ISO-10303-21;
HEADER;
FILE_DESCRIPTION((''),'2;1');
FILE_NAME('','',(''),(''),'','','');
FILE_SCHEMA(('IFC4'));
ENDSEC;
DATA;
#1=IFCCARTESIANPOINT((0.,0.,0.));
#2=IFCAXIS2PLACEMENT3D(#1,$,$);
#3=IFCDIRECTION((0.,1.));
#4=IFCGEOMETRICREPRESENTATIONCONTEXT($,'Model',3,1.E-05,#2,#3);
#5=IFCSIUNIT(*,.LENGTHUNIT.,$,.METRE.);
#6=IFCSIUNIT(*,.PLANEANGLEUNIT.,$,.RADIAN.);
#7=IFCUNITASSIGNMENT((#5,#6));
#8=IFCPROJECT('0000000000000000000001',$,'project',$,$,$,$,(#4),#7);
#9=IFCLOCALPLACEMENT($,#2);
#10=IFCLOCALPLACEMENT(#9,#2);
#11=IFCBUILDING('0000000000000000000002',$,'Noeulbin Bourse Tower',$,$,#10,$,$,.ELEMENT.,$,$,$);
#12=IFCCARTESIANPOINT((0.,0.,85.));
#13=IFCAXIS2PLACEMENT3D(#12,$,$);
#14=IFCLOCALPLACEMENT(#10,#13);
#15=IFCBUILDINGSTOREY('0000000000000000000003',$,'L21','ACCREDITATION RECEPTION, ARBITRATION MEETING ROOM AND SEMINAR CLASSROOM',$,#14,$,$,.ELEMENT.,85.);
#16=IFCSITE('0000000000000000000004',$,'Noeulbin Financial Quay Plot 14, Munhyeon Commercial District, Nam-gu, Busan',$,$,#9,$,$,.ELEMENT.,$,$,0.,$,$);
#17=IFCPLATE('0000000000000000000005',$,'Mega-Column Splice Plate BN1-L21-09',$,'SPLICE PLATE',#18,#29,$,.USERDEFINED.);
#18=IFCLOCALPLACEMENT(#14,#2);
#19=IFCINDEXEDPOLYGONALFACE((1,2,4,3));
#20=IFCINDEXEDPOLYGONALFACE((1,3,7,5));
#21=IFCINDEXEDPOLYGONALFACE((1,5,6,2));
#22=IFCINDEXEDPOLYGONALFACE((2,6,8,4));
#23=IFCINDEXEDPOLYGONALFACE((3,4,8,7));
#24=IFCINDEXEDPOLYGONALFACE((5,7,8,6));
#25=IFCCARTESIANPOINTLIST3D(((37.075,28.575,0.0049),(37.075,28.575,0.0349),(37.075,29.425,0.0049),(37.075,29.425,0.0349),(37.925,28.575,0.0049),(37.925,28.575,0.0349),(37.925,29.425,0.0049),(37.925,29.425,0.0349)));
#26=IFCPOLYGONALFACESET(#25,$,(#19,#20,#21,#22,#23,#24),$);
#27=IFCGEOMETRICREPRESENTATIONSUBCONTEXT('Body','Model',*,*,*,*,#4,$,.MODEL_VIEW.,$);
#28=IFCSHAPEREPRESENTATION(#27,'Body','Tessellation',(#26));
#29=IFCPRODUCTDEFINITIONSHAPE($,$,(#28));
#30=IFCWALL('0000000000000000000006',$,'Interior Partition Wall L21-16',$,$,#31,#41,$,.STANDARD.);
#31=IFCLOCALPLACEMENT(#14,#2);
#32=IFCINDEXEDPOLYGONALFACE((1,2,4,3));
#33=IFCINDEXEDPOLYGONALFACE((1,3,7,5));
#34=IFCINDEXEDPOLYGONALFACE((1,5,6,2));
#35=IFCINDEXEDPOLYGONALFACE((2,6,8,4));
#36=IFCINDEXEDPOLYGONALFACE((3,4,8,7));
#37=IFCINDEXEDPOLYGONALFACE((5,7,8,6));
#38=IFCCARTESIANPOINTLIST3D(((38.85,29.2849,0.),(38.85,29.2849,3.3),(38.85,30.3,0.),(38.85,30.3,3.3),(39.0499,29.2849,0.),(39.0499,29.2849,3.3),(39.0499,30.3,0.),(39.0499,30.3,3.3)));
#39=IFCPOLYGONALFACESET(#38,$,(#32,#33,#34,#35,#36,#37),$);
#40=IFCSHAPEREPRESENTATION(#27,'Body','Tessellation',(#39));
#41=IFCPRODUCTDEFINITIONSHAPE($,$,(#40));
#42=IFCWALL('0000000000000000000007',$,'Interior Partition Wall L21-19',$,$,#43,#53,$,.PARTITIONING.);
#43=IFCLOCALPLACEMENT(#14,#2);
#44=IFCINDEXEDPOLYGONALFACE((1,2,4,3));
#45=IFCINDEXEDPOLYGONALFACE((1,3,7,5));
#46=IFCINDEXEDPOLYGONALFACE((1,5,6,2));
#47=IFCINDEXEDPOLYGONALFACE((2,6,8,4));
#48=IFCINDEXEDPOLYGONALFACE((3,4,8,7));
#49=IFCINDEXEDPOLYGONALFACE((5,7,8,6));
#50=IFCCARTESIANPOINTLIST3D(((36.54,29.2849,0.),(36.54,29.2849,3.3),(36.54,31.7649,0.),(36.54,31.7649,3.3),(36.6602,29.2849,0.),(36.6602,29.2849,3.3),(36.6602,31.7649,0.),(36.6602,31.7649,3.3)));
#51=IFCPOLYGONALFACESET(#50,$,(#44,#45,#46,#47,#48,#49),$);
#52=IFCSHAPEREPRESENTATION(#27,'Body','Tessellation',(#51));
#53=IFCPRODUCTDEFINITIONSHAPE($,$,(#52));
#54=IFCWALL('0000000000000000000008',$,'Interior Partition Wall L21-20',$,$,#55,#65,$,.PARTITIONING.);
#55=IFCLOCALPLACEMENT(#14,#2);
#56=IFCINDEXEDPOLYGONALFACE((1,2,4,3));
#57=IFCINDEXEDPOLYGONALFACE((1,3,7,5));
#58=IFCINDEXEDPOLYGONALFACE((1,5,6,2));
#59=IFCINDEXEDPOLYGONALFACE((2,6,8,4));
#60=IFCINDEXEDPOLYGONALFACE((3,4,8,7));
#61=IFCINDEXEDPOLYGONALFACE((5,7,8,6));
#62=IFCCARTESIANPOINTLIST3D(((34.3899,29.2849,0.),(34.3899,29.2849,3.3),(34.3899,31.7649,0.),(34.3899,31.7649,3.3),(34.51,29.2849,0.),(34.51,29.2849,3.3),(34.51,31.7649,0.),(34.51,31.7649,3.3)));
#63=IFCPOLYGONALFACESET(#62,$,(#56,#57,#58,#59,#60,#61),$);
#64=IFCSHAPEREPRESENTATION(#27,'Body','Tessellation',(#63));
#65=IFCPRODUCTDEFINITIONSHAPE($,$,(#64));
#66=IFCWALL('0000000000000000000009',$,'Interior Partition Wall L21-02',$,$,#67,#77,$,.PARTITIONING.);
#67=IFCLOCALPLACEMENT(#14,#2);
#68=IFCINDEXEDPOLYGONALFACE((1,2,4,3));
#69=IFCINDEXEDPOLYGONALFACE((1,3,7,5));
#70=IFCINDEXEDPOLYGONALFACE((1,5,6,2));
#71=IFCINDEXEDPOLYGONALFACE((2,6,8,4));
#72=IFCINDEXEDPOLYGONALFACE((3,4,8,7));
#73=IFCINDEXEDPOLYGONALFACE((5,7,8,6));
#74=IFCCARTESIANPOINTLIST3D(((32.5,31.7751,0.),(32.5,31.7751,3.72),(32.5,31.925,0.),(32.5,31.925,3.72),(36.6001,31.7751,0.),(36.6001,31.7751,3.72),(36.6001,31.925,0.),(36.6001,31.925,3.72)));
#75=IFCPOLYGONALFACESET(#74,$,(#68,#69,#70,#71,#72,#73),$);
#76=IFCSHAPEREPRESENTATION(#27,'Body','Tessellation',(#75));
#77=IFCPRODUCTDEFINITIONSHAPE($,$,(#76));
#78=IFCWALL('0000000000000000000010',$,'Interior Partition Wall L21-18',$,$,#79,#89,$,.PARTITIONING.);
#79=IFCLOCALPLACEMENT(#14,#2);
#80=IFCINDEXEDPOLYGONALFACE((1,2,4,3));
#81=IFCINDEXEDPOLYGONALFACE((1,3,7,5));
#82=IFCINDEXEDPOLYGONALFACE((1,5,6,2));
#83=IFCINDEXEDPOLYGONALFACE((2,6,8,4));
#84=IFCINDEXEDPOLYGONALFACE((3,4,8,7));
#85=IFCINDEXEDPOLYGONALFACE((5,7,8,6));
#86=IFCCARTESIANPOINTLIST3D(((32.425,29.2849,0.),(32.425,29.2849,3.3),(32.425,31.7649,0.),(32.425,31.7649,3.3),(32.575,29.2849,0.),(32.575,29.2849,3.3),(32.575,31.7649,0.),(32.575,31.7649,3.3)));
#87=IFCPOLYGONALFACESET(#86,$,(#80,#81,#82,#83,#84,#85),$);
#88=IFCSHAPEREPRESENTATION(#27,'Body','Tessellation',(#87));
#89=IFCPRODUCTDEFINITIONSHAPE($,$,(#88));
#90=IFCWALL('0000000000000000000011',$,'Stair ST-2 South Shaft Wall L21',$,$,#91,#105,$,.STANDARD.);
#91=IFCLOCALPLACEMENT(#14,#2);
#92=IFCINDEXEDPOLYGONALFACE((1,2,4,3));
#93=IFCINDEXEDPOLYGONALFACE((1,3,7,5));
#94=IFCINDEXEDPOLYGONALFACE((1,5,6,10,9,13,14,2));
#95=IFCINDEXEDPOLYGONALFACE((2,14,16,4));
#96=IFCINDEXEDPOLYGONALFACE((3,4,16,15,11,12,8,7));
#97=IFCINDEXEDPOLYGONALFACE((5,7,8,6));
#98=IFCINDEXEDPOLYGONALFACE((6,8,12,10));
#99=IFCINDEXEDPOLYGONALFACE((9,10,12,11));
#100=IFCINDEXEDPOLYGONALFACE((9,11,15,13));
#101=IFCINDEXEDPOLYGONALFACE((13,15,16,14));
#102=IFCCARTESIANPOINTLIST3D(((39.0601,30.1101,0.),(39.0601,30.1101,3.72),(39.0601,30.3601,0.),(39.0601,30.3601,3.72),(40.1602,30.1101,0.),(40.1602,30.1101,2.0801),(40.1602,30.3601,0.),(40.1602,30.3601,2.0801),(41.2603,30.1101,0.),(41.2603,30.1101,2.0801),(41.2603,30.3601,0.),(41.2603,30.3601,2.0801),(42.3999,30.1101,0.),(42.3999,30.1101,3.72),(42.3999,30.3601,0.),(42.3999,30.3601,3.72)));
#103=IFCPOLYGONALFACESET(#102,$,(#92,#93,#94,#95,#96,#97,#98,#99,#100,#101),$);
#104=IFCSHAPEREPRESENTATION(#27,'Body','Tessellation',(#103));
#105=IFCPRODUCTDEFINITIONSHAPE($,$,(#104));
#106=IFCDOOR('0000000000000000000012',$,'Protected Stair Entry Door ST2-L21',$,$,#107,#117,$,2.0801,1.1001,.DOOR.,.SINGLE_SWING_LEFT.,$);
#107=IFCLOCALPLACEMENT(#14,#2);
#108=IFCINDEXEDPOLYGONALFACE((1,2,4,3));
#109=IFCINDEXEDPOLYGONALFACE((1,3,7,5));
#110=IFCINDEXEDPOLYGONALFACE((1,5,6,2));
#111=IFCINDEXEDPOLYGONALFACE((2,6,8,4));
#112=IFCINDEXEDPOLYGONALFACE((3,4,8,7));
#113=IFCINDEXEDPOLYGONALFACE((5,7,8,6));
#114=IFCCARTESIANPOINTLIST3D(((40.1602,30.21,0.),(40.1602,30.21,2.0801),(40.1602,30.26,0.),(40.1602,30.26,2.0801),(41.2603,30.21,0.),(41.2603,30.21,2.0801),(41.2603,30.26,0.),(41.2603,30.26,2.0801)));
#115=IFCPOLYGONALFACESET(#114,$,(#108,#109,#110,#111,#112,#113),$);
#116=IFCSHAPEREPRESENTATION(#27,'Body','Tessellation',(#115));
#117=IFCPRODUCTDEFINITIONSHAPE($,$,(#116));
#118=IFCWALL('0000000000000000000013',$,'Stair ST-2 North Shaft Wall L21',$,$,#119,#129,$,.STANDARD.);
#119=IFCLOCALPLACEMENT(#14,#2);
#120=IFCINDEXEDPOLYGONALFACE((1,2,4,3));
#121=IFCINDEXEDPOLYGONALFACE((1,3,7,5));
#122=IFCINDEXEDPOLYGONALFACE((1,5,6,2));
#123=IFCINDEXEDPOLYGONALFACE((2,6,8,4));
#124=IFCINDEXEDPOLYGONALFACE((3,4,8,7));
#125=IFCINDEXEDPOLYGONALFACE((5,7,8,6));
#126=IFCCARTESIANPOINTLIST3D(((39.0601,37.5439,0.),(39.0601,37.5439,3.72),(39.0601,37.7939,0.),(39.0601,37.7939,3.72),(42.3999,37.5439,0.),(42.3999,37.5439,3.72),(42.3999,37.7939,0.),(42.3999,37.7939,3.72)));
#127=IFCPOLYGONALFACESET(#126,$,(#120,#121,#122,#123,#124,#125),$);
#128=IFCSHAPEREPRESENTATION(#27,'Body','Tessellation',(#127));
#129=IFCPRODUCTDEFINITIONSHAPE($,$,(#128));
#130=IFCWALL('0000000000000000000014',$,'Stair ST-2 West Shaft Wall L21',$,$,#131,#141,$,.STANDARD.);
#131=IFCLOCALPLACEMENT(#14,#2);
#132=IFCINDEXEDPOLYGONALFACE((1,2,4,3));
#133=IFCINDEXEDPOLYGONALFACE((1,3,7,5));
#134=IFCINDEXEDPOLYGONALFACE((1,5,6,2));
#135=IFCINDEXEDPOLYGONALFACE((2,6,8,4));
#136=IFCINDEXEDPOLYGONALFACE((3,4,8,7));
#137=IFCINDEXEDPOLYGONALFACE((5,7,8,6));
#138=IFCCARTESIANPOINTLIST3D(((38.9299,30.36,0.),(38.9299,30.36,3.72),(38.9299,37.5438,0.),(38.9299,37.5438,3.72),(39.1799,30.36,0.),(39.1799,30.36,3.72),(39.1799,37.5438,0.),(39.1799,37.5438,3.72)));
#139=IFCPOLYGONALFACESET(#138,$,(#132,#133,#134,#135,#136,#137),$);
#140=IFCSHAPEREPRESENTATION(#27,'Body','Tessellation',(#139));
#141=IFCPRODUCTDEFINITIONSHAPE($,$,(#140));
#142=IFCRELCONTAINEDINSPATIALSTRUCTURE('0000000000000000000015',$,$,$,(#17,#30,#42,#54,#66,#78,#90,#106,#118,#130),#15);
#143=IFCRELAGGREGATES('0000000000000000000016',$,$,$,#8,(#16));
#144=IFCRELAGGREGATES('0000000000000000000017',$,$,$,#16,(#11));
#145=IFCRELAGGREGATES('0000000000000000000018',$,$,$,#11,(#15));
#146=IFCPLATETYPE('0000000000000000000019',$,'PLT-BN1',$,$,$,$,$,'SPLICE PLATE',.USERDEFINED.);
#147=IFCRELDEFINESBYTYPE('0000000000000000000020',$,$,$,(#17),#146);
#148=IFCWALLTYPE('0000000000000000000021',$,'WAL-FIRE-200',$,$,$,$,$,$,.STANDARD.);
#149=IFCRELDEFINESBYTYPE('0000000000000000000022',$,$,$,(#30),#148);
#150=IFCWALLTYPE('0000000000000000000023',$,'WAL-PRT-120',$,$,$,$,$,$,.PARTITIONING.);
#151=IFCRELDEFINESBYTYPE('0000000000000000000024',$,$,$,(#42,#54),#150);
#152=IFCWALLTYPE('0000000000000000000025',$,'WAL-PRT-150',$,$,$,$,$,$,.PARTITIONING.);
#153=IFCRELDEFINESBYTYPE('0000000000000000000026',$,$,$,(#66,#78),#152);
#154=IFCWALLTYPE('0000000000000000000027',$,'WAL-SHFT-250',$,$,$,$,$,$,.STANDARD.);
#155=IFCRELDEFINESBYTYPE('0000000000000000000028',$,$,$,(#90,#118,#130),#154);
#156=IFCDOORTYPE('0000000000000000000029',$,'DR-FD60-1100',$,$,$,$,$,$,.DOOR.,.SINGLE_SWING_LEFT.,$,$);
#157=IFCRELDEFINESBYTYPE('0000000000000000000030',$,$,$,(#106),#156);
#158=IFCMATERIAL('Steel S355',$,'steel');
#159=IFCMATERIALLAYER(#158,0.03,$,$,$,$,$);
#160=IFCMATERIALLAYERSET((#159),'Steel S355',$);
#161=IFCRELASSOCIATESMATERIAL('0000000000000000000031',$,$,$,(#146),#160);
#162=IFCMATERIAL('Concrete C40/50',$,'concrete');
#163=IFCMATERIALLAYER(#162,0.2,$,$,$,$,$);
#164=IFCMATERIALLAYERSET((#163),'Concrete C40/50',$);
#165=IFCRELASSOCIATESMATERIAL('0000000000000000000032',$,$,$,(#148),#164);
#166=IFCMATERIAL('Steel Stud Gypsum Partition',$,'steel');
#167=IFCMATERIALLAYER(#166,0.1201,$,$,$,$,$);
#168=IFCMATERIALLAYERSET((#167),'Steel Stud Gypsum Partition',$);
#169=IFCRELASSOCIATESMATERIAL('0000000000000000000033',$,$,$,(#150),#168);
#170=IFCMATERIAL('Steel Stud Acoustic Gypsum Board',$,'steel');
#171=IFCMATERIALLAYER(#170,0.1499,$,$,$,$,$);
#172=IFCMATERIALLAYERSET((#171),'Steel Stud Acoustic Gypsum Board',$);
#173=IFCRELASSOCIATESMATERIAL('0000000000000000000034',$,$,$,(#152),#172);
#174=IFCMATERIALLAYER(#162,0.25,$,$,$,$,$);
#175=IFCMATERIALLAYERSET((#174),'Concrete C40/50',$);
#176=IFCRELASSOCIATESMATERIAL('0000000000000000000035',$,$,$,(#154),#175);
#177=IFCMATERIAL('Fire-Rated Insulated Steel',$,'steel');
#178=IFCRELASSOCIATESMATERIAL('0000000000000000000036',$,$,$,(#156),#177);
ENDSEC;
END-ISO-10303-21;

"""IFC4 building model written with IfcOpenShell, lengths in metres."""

from ifc_helpers import new_model, si_unit, direction, frame, frame_2d, origin, origin_2d, place, context, subcontext, project, spatial, rectangle, extrude, material, layer, layer_set, type_object, element, fill, save


model = new_model("IFC4")

# Units and contexts
model_context = context("Model", 3, precision=1e-05, world=origin(), true_north=direction((0.0, 1.0)))
body_context = subcontext(model_context, "Body", "Model", "MODEL_VIEW")
ifc_project = project(units=[si_unit("LENGTHUNIT", "METRE"), si_unit("PLANEANGLEUNIT", "RADIAN")], contexts=[model_context])

# Site, building, storey
site_placement = place(None, origin())
site = spatial("IfcSite", under=ifc_project, at=site_placement, Name="Noeulbin Financial Quay Plot 14, Munhyeon Commercial District, Nam-gu, Busan", CompositionType="ELEMENT", RefElevation=0.0)
building_placement = place(site_placement, origin())
building = spatial("IfcBuilding", under=site, at=building_placement, Name="Noeulbin Bourse Tower", CompositionType="ELEMENT")
storey_placement = place(building_placement, frame((0.0, 0.0, 85.0)))
storey = spatial("IfcBuildingStorey", under=building, at=storey_placement, Name="L21", Description="ACCREDITATION RECEPTION, ARBITRATION MEETING ROOM AND SEMINAR CLASSROOM", CompositionType="ELEMENT", Elevation=85.0)

# Shared definitions
ifc_material_1 = material(Name="Steel S355", Category="steel")

# Plate
ifc_layer_1 = layer(ifc_material_1, 0.03)
ifc_layer_set_1 = layer_set([ifc_layer_1], Name="Steel S355")
plate_type = type_object("IfcPlateType", Name="PLT-BN1", ElementType="SPLICE PLATE", PredefinedType="USERDEFINED", material=ifc_layer_set_1)
for number, where, z_axis, x_axis, name in (
    (1, (37.5, 29.0, 0.0049), (0.0, 0.0, 1.0), (1.0, 0.0, 0.0), "Mega-Column Splice Plate BN1-L21-09"),
):
    element("IfcPlate", number, at=place(storey_placement, frame(where, z_axis=z_axis, x_axis=x_axis)), inside=storey, type_object=plate_type, Name=name, ObjectType="SPLICE PLATE", PredefinedType="USERDEFINED", context=body_context, shape_type="SweptSolid", body=[
        extrude(rectangle(XDim=0.8501, YDim=0.8501, at=origin_2d()), origin(), (0.0, 0.0, 1.0), 0.03),
    ])

# Walls
ifc_material_2 = material(Name="Concrete C40/50", Category="concrete")
ifc_layer_2 = layer(ifc_material_2, 0.2)
ifc_layer_set_2 = layer_set([ifc_layer_2], Name="Concrete C40/50")
wall_type_1 = type_object("IfcWallType", Name="WAL-FIRE-200", PredefinedType="STANDARD", material=ifc_layer_set_2)
wall_1_placement = place(storey_placement, frame((38.95, 29.2849, 0.0), z_axis=(0.0, 0.0, 1.0), x_axis=(0.0, 1.0, 0.0)))
element("IfcWall", 2, at=wall_1_placement, inside=storey, type_object=wall_type_1, Name="Interior Partition Wall L21-16", PredefinedType="STANDARD", context=body_context, shape_type="SweptSolid", body=[
    extrude(rectangle(XDim=1.0151, YDim=0.2, at=frame_2d((0.5076, 0.0))), origin(), (0.0, 0.0, 1.0), 3.3),
])
ifc_material_3 = material(Name="Steel Stud Gypsum Partition", Category="steel")
ifc_layer_3 = layer(ifc_material_3, 0.1201)
ifc_layer_set_3 = layer_set([ifc_layer_3], Name="Steel Stud Gypsum Partition")
wall_type_2 = type_object("IfcWallType", Name="WAL-PRT-120", PredefinedType="PARTITIONING", material=ifc_layer_set_3)
for number, where, z_axis, x_axis, name in (
    (3, (36.6001, 29.2849, 0.0), (0.0, 0.0, 1.0), (0.0, 1.0, 0.0), "Interior Partition Wall L21-19"),
    (4, (34.45, 29.2849, 0.0), (0.0, 0.0, 1.0), (0.0, 1.0, 0.0), "Interior Partition Wall L21-20"),
):
    element("IfcWall", number, at=place(storey_placement, frame(where, z_axis=z_axis, x_axis=x_axis)), inside=storey, type_object=wall_type_2, Name=name, PredefinedType="PARTITIONING", context=body_context, shape_type="SweptSolid", body=[
        extrude(rectangle(XDim=2.48, YDim=0.1201, at=frame_2d((1.24, 0.0))), origin(), (0.0, 0.0, 1.0), 3.3),
    ])
ifc_material_4 = material(Name="Steel Stud Acoustic Gypsum Board", Category="steel")
ifc_layer_4 = layer(ifc_material_4, 0.1499)
ifc_layer_set_4 = layer_set([ifc_layer_4], Name="Steel Stud Acoustic Gypsum Board")
wall_type_3 = type_object("IfcWallType", Name="WAL-PRT-150", PredefinedType="PARTITIONING", material=ifc_layer_set_4)
wall_2_placement = place(storey_placement, frame((32.5, 31.8501, 0.0), z_axis=(0.0, 0.0, 1.0), x_axis=(1.0, 0.0, 0.0)))
element("IfcWall", 5, at=wall_2_placement, inside=storey, type_object=wall_type_3, Name="Interior Partition Wall L21-02", PredefinedType="PARTITIONING", context=body_context, shape_type="SweptSolid", body=[
    extrude(rectangle(XDim=4.1001, YDim=0.1499, at=frame_2d((2.05, 0.0))), origin(), (0.0, 0.0, 1.0), 3.72),
])
wall_3_placement = place(storey_placement, frame((32.5, 29.2849, 0.0), z_axis=(0.0, 0.0, 1.0), x_axis=(0.0, 1.0, 0.0)))
element("IfcWall", 6, at=wall_3_placement, inside=storey, type_object=wall_type_3, Name="Interior Partition Wall L21-18", PredefinedType="PARTITIONING", context=body_context, shape_type="SweptSolid", body=[
    extrude(rectangle(XDim=2.48, YDim=0.1499, at=frame_2d((1.24, 0.0))), origin(), (0.0, 0.0, 1.0), 3.3),
])

# Wall, opening, door
ifc_layer_5 = layer(ifc_material_2, 0.25)
ifc_layer_set_5 = layer_set([ifc_layer_5], Name="Concrete C40/50")
wall_type_4 = type_object("IfcWallType", Name="WAL-SHFT-250", PredefinedType="STANDARD", material=ifc_layer_set_5)
wall_4_placement = place(storey_placement, frame((39.0601, 30.2351, 0.0), z_axis=(0.0, 0.0, 1.0), x_axis=(1.0, 0.0, 0.0)))
wall_4 = element("IfcWall", 7, at=wall_4_placement, inside=storey, type_object=wall_type_4, Name="Stair ST-2 South Shaft Wall L21", PredefinedType="STANDARD", context=body_context, shape_type="SweptSolid", body=[
    extrude(rectangle(XDim=3.3398, YDim=0.25, at=frame_2d((1.6699, 0.0))), origin(), (0.0, 0.0, 1.0), 3.72),
])
opening_1_placement = place(wall_4_placement, frame((1.1001, 0.0, 0.0)))
opening_1 = element("IfcOpeningElement", 8, at=opening_1_placement, cuts=wall_4, PredefinedType="OPENING", context=body_context, shape_type="SweptSolid", body=[
    extrude(rectangle(XDim=1.1001, YDim=2.0801, at=frame_2d((0.55, 1.04))), frame((0.0, 0.135, 0.0), z_axis=(0.0, -1.0, 0.0), x_axis=(1.0, 0.0, 0.0)), (0.0, 0.0, 1.0), 0.27),
])
ifc_material_5 = material(Name="Fire-Rated Insulated Steel", Category="steel")
door_type_1 = type_object("IfcDoorType", Name="DR-FD60-1100", OperationType="SINGLE_SWING_LEFT", PredefinedType="DOOR", material=ifc_material_5)
door_1_placement = place(opening_1_placement, origin())
door_1 = element("IfcDoor", 9, at=door_1_placement, inside=storey, type_object=door_type_1, Name="Protected Stair Entry Door ST2-L21", OperationType="SINGLE_SWING_LEFT", OverallHeight=2.0801, OverallWidth=1.1001, PredefinedType="DOOR", context=body_context, shape_type="SweptSolid", body=[
    extrude(rectangle(XDim=1.1001, YDim=2.0801, at=frame_2d((0.55, 1.04))), frame((0.0, 0.0249, 0.0), z_axis=(0.0, -1.0, 0.0), x_axis=(1.0, 0.0, 0.0)), (0.0, 0.0, 1.0), 0.05),
])
fill(opening_1, door_1)

# Walls
wall_5_placement = place(storey_placement, frame((39.0601, 37.6689, 0.0), z_axis=(0.0, 0.0, 1.0), x_axis=(1.0, 0.0, 0.0)))
element("IfcWall", 10, at=wall_5_placement, inside=storey, type_object=wall_type_4, Name="Stair ST-2 North Shaft Wall L21", PredefinedType="STANDARD", context=body_context, shape_type="SweptSolid", body=[
    extrude(rectangle(XDim=3.3398, YDim=0.25, at=frame_2d((1.6699, 0.0))), origin(), (0.0, 0.0, 1.0), 3.72),
])
wall_6_placement = place(storey_placement, frame((39.0549, 30.3601, 0.0), z_axis=(0.0, 0.0, 1.0), x_axis=(0.0, 1.0, 0.0)))
element("IfcWall", 11, at=wall_6_placement, inside=storey, type_object=wall_type_4, Name="Stair ST-2 West Shaft Wall L21", PredefinedType="STANDARD", context=body_context, shape_type="SweptSolid", body=[
    extrude(rectangle(XDim=7.1838, YDim=0.25, at=frame_2d((3.5918, 0.0))), origin(), (0.0, 0.0, 1.0), 3.72),
])

save(model, "model.ifc")
